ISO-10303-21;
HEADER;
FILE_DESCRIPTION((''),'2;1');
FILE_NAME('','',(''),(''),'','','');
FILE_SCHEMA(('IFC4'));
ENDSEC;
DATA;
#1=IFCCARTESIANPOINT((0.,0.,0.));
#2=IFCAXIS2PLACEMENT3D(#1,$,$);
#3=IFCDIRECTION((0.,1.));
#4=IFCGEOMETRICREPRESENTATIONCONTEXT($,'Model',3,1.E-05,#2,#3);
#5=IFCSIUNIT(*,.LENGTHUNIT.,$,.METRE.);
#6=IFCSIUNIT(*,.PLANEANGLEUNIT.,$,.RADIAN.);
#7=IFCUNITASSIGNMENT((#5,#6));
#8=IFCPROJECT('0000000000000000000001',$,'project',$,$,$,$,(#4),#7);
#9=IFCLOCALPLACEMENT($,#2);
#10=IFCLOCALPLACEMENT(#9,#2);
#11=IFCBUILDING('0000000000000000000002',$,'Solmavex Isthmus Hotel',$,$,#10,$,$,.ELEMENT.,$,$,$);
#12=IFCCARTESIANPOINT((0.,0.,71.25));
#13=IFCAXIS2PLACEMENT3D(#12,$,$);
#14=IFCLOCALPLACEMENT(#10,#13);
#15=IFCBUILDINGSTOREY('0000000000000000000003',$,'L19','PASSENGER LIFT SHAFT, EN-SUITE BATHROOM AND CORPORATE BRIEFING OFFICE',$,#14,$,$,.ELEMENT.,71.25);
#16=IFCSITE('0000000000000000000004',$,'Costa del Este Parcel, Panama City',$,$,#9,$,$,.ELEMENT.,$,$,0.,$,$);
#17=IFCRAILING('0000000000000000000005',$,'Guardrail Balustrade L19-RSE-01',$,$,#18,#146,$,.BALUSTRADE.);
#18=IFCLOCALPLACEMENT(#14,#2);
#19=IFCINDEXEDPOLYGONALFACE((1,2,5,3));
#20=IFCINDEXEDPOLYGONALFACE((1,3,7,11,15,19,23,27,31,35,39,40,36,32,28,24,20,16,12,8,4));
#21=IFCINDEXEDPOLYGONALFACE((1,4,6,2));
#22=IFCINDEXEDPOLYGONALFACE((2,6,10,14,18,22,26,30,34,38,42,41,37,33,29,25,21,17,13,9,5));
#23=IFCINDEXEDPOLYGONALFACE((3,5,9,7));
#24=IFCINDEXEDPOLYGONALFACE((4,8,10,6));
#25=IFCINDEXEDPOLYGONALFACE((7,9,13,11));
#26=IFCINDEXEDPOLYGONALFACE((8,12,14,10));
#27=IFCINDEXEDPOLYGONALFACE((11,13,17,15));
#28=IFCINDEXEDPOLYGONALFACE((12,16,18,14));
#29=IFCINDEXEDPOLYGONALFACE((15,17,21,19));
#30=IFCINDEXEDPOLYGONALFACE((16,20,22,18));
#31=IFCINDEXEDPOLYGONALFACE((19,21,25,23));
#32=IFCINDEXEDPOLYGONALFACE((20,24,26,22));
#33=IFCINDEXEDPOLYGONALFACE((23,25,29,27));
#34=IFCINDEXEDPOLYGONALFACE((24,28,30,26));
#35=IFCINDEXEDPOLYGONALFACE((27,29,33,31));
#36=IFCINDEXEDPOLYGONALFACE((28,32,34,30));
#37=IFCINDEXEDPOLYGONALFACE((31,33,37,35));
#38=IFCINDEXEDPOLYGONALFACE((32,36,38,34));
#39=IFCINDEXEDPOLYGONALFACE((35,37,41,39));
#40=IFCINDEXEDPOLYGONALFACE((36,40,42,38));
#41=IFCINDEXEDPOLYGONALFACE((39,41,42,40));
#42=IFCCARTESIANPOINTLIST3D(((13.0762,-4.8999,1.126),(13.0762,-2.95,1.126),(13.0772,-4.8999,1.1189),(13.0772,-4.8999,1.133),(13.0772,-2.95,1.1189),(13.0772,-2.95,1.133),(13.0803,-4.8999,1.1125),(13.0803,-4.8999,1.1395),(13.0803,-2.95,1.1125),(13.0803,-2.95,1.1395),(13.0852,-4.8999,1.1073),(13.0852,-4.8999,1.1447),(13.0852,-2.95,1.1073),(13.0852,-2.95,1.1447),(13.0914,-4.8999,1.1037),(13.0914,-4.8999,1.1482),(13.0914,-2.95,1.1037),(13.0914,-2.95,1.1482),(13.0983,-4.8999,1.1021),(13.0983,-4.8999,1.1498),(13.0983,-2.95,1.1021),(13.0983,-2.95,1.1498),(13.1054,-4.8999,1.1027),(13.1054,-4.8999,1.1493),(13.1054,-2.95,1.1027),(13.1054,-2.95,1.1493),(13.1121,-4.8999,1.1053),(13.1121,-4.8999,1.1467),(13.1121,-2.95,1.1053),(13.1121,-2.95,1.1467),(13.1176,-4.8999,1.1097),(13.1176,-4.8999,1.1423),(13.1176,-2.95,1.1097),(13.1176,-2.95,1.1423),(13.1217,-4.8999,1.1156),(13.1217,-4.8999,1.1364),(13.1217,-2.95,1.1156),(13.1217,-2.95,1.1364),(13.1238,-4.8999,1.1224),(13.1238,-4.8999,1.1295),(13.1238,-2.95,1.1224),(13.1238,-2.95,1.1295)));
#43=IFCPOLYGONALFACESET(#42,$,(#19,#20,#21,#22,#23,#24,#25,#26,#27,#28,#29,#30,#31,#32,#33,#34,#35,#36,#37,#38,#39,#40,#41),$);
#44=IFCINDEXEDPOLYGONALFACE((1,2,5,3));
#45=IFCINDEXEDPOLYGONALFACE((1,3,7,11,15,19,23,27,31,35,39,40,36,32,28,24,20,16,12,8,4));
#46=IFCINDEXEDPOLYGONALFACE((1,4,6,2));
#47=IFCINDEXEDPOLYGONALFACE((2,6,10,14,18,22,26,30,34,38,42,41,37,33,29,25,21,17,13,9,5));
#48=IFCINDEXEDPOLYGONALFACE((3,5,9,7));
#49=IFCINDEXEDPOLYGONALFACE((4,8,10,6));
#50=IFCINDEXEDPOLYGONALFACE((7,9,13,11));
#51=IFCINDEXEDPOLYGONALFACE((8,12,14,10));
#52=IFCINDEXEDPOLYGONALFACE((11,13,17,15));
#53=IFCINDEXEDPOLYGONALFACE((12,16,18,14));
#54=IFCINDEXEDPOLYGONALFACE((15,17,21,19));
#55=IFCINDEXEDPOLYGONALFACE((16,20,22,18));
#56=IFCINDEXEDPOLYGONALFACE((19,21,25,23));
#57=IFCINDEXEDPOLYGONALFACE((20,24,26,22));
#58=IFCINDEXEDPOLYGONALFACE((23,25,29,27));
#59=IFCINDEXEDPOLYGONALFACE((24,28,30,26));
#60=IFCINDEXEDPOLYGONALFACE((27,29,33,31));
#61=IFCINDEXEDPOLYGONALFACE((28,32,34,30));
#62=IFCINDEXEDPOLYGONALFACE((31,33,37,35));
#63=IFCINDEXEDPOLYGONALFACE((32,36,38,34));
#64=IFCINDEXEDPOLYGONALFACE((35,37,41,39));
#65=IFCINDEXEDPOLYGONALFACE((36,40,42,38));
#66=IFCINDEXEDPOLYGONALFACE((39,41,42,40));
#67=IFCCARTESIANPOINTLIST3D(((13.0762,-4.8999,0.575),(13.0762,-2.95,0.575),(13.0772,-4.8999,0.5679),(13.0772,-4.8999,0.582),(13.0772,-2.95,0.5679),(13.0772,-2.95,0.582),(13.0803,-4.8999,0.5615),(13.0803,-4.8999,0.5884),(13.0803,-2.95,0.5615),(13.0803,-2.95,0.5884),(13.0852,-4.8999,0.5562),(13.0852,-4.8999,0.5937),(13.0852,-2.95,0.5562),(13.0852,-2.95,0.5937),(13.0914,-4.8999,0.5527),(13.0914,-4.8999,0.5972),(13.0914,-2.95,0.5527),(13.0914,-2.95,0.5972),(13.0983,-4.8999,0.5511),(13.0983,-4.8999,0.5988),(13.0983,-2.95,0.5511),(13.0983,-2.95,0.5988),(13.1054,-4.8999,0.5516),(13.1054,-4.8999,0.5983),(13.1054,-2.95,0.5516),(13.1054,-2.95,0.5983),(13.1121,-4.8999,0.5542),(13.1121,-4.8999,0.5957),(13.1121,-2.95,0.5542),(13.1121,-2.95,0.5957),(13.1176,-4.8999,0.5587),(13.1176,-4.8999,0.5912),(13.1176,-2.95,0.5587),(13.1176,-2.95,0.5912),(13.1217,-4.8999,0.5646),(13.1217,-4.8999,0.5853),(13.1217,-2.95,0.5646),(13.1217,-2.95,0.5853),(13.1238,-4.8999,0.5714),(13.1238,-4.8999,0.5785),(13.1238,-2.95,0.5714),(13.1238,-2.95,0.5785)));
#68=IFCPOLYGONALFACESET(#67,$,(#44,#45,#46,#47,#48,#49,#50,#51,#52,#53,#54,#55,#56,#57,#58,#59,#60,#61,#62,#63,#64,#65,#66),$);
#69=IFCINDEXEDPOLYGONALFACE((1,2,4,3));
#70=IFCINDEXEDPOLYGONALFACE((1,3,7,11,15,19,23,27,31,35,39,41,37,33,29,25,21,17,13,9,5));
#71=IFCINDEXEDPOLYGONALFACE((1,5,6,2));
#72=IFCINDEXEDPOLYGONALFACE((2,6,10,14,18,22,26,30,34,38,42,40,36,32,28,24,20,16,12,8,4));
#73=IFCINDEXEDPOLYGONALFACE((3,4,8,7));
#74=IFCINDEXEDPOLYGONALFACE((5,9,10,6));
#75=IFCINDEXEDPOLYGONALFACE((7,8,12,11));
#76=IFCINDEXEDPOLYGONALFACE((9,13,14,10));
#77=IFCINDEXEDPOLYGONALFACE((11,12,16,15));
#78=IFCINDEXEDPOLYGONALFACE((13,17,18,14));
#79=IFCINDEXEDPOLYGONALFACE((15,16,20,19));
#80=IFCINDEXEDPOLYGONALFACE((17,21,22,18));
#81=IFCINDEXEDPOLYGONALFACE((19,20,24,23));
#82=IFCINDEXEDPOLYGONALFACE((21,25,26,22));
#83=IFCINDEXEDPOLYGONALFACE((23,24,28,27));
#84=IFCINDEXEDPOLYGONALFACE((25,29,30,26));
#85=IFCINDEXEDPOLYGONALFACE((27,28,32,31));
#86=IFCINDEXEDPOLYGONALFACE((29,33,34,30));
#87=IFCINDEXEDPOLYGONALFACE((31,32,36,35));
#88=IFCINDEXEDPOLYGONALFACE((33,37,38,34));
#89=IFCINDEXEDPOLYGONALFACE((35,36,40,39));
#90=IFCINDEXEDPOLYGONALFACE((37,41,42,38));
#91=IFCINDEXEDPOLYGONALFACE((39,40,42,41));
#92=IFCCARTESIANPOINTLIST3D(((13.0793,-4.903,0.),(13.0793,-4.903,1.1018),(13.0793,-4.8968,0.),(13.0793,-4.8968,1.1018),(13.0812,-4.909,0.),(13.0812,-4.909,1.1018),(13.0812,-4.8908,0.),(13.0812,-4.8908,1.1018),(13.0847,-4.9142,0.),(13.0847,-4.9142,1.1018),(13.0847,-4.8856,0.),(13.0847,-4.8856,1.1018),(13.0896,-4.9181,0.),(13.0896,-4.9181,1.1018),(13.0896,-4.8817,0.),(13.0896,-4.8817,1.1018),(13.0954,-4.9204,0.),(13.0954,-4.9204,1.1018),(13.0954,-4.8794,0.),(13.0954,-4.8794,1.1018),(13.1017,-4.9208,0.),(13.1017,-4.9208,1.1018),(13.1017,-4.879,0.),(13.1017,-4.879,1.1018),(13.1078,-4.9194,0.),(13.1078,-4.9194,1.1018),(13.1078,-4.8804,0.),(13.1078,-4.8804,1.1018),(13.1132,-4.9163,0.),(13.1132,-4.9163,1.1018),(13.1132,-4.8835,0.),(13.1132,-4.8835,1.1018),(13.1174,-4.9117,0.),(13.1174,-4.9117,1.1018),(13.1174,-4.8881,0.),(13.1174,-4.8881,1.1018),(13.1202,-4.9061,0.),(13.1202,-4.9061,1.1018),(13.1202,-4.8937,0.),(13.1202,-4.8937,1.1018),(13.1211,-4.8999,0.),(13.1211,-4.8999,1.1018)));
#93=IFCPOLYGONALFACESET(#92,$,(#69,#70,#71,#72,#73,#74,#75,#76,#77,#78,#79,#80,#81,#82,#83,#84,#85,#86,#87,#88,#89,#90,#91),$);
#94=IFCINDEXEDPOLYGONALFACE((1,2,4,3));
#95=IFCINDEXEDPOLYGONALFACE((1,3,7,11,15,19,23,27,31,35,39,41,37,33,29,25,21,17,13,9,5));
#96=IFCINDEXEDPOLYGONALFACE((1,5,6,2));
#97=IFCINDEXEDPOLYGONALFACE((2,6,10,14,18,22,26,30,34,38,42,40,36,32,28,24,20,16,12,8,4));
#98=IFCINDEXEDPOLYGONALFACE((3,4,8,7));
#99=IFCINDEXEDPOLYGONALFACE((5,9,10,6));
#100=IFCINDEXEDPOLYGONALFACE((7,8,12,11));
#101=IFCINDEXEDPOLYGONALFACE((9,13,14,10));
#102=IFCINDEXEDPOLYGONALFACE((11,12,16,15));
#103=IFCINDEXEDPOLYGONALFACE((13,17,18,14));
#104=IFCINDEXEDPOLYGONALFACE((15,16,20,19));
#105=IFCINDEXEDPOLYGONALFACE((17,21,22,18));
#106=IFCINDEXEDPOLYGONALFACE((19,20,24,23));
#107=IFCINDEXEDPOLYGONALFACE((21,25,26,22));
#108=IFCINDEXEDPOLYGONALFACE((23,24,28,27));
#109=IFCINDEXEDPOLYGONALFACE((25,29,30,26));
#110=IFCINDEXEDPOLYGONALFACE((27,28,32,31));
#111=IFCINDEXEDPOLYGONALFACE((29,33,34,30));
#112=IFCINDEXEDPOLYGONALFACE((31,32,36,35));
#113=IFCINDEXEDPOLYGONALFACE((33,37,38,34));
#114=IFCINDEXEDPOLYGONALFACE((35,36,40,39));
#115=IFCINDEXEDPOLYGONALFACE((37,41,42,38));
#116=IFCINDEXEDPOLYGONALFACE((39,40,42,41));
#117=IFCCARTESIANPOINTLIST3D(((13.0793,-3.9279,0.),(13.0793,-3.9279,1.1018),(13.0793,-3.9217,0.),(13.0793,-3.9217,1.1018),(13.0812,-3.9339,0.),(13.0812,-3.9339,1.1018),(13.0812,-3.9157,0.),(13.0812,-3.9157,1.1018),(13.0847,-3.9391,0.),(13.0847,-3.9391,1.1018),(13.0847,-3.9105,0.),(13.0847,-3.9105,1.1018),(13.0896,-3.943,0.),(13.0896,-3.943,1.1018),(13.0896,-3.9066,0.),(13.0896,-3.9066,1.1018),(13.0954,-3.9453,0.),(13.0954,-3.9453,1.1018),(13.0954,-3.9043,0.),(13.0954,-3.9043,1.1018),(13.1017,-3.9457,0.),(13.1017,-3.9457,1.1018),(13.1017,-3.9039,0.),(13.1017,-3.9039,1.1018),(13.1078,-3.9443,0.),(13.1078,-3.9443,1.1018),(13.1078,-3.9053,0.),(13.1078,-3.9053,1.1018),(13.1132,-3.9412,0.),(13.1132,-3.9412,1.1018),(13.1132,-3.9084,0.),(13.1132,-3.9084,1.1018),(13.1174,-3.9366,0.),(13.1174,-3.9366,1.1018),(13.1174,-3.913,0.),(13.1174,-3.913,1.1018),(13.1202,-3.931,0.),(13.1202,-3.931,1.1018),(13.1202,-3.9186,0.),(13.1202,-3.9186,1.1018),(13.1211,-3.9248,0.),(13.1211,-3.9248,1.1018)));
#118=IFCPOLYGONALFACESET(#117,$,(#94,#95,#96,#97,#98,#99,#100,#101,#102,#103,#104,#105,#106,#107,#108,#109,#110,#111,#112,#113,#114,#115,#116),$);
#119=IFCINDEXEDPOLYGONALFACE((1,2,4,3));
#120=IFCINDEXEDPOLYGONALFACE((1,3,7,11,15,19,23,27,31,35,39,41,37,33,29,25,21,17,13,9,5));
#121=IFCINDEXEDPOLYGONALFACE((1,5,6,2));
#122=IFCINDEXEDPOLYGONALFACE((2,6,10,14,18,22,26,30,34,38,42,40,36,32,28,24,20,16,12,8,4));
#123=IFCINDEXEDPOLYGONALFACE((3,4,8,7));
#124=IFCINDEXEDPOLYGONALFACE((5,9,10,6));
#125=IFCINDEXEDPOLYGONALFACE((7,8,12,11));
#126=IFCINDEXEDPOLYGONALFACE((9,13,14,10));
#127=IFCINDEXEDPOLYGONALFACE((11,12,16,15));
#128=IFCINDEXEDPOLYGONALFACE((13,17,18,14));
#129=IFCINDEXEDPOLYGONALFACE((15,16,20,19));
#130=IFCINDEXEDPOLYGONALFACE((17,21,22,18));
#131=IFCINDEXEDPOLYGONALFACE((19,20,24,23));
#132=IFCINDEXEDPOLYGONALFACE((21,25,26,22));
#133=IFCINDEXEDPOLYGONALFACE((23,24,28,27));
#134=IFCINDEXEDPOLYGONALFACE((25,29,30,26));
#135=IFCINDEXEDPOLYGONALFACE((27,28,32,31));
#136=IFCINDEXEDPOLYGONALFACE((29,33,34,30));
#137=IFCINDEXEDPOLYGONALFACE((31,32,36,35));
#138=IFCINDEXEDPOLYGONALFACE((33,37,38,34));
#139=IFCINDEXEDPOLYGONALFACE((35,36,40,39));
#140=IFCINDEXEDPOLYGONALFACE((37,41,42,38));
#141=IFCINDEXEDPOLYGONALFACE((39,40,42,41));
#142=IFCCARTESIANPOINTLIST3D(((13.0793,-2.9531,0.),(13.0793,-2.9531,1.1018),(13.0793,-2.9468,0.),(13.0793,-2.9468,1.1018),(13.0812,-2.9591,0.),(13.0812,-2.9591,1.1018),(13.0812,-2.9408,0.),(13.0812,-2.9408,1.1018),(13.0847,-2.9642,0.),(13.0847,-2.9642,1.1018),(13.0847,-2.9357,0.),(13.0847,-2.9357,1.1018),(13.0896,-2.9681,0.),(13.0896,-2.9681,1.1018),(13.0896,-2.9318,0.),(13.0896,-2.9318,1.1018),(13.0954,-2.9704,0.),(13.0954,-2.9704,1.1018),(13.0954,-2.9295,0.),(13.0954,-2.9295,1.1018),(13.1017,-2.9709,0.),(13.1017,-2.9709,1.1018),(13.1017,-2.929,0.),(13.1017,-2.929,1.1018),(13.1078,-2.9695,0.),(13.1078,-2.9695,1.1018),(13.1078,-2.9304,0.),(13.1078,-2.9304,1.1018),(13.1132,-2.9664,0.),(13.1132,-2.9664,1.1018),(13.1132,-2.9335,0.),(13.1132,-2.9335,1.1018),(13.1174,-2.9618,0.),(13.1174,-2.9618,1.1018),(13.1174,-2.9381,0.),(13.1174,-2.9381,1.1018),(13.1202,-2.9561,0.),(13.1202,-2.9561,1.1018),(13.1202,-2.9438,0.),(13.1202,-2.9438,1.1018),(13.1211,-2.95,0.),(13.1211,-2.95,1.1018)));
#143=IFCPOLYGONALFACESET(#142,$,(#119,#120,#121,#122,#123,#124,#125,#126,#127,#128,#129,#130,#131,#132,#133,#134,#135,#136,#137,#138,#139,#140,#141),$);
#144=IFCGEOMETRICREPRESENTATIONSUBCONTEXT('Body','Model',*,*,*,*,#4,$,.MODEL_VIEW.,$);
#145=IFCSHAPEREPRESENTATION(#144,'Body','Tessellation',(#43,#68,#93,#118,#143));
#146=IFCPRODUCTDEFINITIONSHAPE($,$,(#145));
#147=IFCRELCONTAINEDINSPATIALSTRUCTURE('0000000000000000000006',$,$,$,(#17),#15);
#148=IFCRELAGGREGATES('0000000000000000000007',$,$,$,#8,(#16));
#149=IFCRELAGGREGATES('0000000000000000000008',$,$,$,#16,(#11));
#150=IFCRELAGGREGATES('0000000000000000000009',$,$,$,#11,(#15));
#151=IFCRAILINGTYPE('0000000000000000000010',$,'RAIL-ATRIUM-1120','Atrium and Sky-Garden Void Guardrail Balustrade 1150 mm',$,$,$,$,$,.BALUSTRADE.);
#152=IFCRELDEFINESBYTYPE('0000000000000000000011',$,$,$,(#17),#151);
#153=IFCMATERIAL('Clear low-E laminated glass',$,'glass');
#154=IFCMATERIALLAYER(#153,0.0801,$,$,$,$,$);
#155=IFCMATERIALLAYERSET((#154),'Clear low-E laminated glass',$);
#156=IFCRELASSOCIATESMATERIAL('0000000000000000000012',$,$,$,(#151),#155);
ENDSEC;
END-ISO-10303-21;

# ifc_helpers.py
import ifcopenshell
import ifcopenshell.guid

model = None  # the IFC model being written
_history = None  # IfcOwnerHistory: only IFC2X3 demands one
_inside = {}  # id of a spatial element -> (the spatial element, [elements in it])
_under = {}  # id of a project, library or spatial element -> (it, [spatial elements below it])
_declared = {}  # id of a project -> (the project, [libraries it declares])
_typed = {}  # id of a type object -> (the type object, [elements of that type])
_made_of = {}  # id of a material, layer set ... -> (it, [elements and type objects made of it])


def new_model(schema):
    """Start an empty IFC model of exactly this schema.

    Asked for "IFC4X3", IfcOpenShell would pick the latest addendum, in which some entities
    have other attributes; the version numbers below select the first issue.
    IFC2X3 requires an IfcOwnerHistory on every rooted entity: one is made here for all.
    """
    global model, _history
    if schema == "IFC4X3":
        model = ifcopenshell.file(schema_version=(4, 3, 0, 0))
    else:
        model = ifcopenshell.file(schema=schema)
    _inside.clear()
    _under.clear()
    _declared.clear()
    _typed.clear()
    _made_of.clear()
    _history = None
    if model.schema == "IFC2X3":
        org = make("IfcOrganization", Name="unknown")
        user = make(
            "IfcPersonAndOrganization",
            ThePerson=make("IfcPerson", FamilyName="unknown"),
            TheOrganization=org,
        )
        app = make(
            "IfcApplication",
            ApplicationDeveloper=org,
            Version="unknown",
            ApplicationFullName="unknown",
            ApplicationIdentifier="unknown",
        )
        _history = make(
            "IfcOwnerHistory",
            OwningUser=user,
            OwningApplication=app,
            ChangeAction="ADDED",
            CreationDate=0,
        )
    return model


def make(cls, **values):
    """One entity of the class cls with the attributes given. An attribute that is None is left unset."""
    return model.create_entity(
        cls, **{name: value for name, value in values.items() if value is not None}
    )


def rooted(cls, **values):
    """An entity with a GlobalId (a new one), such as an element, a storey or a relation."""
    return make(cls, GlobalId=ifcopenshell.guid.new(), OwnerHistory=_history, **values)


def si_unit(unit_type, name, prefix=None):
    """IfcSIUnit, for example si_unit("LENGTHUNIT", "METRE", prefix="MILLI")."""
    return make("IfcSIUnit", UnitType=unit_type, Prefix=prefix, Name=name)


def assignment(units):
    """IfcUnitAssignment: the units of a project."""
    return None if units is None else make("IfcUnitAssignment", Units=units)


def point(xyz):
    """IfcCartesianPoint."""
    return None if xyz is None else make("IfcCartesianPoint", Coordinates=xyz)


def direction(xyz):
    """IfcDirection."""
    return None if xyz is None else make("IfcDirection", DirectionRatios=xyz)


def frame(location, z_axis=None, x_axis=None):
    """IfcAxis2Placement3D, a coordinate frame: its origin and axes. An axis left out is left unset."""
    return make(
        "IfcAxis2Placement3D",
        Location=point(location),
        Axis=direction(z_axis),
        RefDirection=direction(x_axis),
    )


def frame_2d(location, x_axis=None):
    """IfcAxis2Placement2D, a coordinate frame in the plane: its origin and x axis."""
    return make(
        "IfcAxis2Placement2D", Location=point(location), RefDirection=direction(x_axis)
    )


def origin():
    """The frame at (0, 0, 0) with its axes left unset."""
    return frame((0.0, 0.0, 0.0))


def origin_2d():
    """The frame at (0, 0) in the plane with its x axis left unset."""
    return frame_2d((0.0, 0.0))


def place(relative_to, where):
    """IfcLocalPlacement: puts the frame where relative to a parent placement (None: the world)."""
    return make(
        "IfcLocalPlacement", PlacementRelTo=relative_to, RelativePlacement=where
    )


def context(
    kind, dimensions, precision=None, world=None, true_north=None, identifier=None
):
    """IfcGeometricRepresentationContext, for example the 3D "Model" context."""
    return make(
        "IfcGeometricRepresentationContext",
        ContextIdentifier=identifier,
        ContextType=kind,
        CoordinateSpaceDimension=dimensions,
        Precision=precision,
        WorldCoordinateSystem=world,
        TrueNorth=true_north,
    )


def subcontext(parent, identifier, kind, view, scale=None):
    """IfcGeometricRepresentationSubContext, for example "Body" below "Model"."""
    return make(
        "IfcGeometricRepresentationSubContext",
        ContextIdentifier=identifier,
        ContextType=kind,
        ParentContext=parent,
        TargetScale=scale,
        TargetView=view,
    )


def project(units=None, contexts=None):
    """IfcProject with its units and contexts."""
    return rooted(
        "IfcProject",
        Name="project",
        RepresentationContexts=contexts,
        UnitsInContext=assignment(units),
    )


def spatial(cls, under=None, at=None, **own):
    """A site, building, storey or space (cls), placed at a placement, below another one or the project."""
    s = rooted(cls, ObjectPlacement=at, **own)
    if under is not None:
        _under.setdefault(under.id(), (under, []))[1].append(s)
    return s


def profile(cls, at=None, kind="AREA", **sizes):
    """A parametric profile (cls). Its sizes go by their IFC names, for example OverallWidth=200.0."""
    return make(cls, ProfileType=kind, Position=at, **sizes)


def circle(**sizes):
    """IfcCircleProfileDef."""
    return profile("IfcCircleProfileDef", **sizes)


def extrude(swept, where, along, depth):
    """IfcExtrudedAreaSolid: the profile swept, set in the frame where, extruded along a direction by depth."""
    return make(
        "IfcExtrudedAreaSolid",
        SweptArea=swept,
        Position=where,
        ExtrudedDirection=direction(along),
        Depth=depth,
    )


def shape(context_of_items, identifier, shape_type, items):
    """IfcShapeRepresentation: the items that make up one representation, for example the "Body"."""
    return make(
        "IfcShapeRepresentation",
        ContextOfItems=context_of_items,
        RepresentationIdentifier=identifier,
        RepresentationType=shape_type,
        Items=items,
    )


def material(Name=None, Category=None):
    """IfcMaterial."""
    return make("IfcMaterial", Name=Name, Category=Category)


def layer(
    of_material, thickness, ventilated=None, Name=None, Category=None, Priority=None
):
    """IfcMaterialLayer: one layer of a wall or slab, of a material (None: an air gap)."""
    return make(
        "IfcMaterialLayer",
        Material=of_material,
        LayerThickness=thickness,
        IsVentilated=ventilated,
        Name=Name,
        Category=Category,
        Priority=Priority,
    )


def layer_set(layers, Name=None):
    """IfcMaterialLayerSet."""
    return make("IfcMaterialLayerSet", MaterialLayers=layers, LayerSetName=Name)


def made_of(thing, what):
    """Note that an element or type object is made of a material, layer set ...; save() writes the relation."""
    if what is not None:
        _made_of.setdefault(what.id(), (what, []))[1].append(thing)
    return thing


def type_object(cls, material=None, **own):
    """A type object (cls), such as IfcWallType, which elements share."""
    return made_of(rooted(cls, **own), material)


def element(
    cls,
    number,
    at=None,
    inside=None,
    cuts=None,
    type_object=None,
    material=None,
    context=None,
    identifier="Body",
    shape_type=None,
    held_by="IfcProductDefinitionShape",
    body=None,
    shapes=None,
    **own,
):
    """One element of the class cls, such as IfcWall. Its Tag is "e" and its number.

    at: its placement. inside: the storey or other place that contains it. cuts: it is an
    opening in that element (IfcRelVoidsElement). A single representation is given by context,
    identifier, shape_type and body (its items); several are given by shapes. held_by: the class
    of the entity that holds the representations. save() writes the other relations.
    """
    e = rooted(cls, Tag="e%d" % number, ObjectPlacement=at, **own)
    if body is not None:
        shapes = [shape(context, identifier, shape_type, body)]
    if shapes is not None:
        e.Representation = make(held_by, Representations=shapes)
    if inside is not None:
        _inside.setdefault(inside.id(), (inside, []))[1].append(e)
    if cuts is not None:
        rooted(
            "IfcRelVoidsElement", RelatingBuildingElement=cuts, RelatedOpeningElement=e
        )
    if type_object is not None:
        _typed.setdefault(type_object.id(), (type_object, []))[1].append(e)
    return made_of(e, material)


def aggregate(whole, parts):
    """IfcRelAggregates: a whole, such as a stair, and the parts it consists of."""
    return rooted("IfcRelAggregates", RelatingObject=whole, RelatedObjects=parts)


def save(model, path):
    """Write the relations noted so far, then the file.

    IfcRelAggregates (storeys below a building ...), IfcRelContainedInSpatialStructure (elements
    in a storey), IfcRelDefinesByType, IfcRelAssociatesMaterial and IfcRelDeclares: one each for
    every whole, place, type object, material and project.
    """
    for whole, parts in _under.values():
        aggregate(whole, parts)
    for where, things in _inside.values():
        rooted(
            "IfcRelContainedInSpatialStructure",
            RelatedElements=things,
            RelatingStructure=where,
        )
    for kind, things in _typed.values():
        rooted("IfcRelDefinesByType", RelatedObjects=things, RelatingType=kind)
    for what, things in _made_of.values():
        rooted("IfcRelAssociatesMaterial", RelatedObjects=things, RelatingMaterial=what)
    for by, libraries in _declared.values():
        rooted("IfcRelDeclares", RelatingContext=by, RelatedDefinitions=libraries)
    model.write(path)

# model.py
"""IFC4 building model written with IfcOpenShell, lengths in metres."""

from ifc_helpers import new_model, si_unit, direction, frame, origin, origin_2d, place, context, subcontext, project, spatial, circle, extrude, material, layer, layer_set, type_object, element, save


model = new_model("IFC4")

# Units and contexts
model_context = context("Model", 3, precision=1e-05, world=origin(), true_north=direction((0.0, 1.0)))
body_context = subcontext(model_context, "Body", "Model", "MODEL_VIEW")
ifc_project = project(units=[si_unit("LENGTHUNIT", "METRE"), si_unit("PLANEANGLEUNIT", "RADIAN")], contexts=[model_context])

# Site, building, storey
site_placement = place(None, origin())
site = spatial("IfcSite", under=ifc_project, at=site_placement, Name="Costa del Este Parcel, Panama City", CompositionType="ELEMENT", RefElevation=0.0)
building_placement = place(site_placement, origin())
building = spatial("IfcBuilding", under=site, at=building_placement, Name="Solmavex Isthmus Hotel", CompositionType="ELEMENT")
storey_placement = place(building_placement, frame((0.0, 0.0, 71.25)))
storey = spatial("IfcBuildingStorey", under=building, at=storey_placement, Name="L19", Description="PASSENGER LIFT SHAFT, EN-SUITE BATHROOM AND CORPORATE BRIEFING OFFICE", CompositionType="ELEMENT", Elevation=71.25)

# Shared definitions
ifc_material_1 = material(Name="Clear low-E laminated glass", Category="glass")

# Railing
ifc_layer_1 = layer(ifc_material_1, 0.0801)
ifc_layer_set_1 = layer_set([ifc_layer_1], Name="Clear low-E laminated glass")
railing_type_1 = type_object("IfcRailingType", Name="RAIL-ATRIUM-1120", Description="Atrium and Sky-Garden Void Guardrail Balustrade 1150 mm", PredefinedType="BALUSTRADE", material=ifc_layer_set_1)
railing_1_placement = place(storey_placement, frame((13.1001, -4.8999, 0.0)))
element("IfcRailing", 1, at=railing_1_placement, inside=storey, type_object=railing_type_1, Name="Guardrail Balustrade L19-RSE-01", PredefinedType="BALUSTRADE", context=body_context, shape_type="SweptSolid", body=[
    extrude(circle(Radius=0.0239, at=origin_2d()), frame((0.0, 0.0, 1.126), z_axis=(0.0, 1.0, 0.0), x_axis=(-1.0, 0.0, 0.0)), (0.0, 0.0, 1.0), 1.95),
    extrude(circle(Radius=0.0239, at=origin_2d()), frame((0.0, 0.0, 0.575), z_axis=(0.0, 1.0, 0.0), x_axis=(-1.0, 0.0, 0.0)), (0.0, 0.0, 1.0), 1.95),
    extrude(circle(Radius=0.021, at=origin_2d()), origin(), (0.0, 0.0, 1.0), 1.1018),
    extrude(circle(Radius=0.021, at=origin_2d()), frame((0.0, 0.9751, 0.0)), (0.0, 0.0, 1.0), 1.1018),
    extrude(circle(Radius=0.021, at=origin_2d()), frame((0.0, 1.95, 0.0)), (0.0, 0.0, 1.0), 1.1018),
])

save(model, "model.ifc")
